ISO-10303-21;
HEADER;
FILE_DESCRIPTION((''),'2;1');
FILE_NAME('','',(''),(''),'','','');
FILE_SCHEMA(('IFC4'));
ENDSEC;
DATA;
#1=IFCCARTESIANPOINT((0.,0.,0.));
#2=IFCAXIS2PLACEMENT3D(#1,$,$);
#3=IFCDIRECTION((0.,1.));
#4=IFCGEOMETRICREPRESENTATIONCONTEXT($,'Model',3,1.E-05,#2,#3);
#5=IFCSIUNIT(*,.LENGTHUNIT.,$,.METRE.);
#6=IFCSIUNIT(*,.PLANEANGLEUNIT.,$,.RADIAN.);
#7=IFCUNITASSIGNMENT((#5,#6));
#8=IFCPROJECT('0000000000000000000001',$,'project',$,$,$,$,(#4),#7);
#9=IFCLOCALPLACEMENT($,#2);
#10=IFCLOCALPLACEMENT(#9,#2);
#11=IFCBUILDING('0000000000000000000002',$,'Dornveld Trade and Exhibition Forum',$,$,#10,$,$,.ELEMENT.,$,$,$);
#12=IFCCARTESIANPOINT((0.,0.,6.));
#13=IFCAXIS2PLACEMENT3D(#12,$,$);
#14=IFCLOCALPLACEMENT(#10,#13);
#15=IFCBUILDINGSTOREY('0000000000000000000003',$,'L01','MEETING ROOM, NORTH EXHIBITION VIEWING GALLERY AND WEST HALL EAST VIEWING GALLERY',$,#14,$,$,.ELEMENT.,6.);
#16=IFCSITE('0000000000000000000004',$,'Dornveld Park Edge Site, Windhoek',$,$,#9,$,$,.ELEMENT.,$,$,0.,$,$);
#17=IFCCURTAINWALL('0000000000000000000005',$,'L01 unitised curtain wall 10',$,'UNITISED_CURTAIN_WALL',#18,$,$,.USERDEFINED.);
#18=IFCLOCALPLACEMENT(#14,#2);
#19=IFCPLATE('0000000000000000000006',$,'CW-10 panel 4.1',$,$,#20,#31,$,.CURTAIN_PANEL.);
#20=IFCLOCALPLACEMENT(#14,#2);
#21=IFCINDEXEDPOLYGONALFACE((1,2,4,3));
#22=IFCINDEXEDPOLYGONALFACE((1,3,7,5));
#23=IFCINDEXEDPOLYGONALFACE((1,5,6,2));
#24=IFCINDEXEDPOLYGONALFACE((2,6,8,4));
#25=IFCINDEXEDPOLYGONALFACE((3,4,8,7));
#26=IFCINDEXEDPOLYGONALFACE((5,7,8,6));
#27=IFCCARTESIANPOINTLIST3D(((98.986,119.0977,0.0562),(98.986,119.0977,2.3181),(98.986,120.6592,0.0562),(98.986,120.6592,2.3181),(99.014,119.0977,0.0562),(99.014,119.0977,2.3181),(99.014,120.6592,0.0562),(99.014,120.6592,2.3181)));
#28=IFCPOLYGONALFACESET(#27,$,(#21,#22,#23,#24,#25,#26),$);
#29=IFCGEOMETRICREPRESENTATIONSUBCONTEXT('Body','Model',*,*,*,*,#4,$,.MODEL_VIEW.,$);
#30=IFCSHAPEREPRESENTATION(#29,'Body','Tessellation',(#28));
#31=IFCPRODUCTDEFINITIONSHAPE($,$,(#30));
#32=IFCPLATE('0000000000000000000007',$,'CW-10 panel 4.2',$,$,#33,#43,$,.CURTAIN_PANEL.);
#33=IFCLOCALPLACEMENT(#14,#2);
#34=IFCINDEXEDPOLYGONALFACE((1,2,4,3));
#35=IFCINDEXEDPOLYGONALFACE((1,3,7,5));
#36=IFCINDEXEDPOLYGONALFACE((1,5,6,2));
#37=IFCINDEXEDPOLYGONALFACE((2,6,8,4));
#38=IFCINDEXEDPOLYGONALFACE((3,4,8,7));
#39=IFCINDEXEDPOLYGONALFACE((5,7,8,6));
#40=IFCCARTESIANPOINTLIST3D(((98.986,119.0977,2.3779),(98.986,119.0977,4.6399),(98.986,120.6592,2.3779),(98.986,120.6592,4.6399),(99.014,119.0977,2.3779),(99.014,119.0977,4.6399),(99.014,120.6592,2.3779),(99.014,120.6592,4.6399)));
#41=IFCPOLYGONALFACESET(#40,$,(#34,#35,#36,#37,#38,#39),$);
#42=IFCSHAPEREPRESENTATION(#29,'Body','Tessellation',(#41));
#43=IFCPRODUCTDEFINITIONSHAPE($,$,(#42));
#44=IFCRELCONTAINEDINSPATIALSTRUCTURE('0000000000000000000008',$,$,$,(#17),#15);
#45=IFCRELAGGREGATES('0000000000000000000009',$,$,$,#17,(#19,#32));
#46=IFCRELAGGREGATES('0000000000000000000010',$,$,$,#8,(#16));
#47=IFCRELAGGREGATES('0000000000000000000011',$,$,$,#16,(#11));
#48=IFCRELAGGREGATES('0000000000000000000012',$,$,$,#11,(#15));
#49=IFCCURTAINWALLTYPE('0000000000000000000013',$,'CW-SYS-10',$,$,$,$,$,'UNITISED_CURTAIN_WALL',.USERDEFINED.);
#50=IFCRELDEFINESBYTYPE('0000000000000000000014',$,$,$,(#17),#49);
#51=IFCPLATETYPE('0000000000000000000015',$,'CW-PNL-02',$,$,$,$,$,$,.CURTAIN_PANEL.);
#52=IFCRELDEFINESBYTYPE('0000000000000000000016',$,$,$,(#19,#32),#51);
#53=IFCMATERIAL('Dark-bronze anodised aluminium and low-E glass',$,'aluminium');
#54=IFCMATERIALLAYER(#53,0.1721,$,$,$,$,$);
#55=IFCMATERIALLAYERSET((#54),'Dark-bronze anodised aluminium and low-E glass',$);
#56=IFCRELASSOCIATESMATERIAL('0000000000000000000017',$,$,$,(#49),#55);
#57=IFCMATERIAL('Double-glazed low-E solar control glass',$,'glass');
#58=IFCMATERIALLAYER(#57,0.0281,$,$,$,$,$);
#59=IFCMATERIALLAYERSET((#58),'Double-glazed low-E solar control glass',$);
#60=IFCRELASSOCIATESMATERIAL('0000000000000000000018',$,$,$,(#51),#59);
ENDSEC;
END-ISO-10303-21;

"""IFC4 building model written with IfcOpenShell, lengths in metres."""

from ifc_helpers import new_model, si_unit, direction, frame, origin, origin_2d, place, context, subcontext, project, spatial, rectangle, extrude, material, layer, layer_set, type_object, element, aggregate, save


model = new_model("IFC4")

# Units and contexts
model_context = context("Model", 3, precision=1e-05, world=origin(), true_north=direction((0.0, 1.0)))
body_context = subcontext(model_context, "Body", "Model", "MODEL_VIEW")
ifc_project = project(units=[si_unit("LENGTHUNIT", "METRE"), si_unit("PLANEANGLEUNIT", "RADIAN")], contexts=[model_context])

# Site, building, storey
site_placement = place(None, origin())
site = spatial("IfcSite", under=ifc_project, at=site_placement, Name="Dornveld Park Edge Site, Windhoek", CompositionType="ELEMENT", RefElevation=0.0)
building_placement = place(site_placement, origin())
building = spatial("IfcBuilding", under=site, at=building_placement, Name="Dornveld Trade and Exhibition Forum", CompositionType="ELEMENT")
storey_placement = place(building_placement, frame((0.0, 0.0, 6.0)))
storey = spatial("IfcBuildingStorey", under=building, at=storey_placement, Name="L01", Description="MEETING ROOM, NORTH EXHIBITION VIEWING GALLERY AND WEST HALL EAST VIEWING GALLERY", CompositionType="ELEMENT", Elevation=6.0)

# Curtain wall
ifc_material_1 = material(Name="Dark-bronze anodised aluminium and low-E glass", Category="aluminium")
ifc_layer_1 = layer(ifc_material_1, 0.1721)
ifc_layer_set_1 = layer_set([ifc_layer_1], Name="Dark-bronze anodised aluminium and low-E glass")
curtain_wall_type = type_object("IfcCurtainWallType", Name="CW-SYS-10", ElementType="UNITISED_CURTAIN_WALL", PredefinedType="USERDEFINED", material=ifc_layer_set_1)
curtain_wall_placement = place(storey_placement, origin())
curtain_wall = element("IfcCurtainWall", 1, at=curtain_wall_placement, inside=storey, type_object=curtain_wall_type, Name="L01 unitised curtain wall 10", ObjectType="UNITISED_CURTAIN_WALL", PredefinedType="USERDEFINED")

# Plates
ifc_material_2 = material(Name="Double-glazed low-E solar control glass", Category="glass")
ifc_layer_2 = layer(ifc_material_2, 0.0281)
ifc_layer_set_2 = layer_set([ifc_layer_2], Name="Double-glazed low-E solar control glass")
plate_type = type_object("IfcPlateType", Name="CW-PNL-02", PredefinedType="CURTAIN_PANEL", material=ifc_layer_set_2)
plate_1_placement = place(storey_placement, frame((99.0, 119.8784, 0.0562), z_axis=(0.0, 0.0, 1.0), x_axis=(0.0, -1.0, 0.0)))
plate_1 = element("IfcPlate", 2, at=plate_1_placement, type_object=plate_type, Name="CW-10 panel 4.1", PredefinedType="CURTAIN_PANEL", context=body_context, shape_type="SweptSolid", body=[
    extrude(rectangle(XDim=1.5615, YDim=0.0281, at=origin_2d()), origin(), (0.0, 0.0, 1.0), 2.262),
])
plate_2_placement = place(storey_placement, frame((99.0, 119.8784, 2.3779), z_axis=(0.0, 0.0, 1.0), x_axis=(0.0, -1.0, 0.0)))
plate_2 = element("IfcPlate", 3, at=plate_2_placement, type_object=plate_type, Name="CW-10 panel 4.2", PredefinedType="CURTAIN_PANEL", context=body_context, shape_type="SweptSolid", body=[
    extrude(rectangle(XDim=1.5615, YDim=0.0281, at=origin_2d()), origin(), (0.0, 0.0, 1.0), 2.262),
])
aggregate(curtain_wall, [plate_1, plate_2])

save(model, "model.ifc")
